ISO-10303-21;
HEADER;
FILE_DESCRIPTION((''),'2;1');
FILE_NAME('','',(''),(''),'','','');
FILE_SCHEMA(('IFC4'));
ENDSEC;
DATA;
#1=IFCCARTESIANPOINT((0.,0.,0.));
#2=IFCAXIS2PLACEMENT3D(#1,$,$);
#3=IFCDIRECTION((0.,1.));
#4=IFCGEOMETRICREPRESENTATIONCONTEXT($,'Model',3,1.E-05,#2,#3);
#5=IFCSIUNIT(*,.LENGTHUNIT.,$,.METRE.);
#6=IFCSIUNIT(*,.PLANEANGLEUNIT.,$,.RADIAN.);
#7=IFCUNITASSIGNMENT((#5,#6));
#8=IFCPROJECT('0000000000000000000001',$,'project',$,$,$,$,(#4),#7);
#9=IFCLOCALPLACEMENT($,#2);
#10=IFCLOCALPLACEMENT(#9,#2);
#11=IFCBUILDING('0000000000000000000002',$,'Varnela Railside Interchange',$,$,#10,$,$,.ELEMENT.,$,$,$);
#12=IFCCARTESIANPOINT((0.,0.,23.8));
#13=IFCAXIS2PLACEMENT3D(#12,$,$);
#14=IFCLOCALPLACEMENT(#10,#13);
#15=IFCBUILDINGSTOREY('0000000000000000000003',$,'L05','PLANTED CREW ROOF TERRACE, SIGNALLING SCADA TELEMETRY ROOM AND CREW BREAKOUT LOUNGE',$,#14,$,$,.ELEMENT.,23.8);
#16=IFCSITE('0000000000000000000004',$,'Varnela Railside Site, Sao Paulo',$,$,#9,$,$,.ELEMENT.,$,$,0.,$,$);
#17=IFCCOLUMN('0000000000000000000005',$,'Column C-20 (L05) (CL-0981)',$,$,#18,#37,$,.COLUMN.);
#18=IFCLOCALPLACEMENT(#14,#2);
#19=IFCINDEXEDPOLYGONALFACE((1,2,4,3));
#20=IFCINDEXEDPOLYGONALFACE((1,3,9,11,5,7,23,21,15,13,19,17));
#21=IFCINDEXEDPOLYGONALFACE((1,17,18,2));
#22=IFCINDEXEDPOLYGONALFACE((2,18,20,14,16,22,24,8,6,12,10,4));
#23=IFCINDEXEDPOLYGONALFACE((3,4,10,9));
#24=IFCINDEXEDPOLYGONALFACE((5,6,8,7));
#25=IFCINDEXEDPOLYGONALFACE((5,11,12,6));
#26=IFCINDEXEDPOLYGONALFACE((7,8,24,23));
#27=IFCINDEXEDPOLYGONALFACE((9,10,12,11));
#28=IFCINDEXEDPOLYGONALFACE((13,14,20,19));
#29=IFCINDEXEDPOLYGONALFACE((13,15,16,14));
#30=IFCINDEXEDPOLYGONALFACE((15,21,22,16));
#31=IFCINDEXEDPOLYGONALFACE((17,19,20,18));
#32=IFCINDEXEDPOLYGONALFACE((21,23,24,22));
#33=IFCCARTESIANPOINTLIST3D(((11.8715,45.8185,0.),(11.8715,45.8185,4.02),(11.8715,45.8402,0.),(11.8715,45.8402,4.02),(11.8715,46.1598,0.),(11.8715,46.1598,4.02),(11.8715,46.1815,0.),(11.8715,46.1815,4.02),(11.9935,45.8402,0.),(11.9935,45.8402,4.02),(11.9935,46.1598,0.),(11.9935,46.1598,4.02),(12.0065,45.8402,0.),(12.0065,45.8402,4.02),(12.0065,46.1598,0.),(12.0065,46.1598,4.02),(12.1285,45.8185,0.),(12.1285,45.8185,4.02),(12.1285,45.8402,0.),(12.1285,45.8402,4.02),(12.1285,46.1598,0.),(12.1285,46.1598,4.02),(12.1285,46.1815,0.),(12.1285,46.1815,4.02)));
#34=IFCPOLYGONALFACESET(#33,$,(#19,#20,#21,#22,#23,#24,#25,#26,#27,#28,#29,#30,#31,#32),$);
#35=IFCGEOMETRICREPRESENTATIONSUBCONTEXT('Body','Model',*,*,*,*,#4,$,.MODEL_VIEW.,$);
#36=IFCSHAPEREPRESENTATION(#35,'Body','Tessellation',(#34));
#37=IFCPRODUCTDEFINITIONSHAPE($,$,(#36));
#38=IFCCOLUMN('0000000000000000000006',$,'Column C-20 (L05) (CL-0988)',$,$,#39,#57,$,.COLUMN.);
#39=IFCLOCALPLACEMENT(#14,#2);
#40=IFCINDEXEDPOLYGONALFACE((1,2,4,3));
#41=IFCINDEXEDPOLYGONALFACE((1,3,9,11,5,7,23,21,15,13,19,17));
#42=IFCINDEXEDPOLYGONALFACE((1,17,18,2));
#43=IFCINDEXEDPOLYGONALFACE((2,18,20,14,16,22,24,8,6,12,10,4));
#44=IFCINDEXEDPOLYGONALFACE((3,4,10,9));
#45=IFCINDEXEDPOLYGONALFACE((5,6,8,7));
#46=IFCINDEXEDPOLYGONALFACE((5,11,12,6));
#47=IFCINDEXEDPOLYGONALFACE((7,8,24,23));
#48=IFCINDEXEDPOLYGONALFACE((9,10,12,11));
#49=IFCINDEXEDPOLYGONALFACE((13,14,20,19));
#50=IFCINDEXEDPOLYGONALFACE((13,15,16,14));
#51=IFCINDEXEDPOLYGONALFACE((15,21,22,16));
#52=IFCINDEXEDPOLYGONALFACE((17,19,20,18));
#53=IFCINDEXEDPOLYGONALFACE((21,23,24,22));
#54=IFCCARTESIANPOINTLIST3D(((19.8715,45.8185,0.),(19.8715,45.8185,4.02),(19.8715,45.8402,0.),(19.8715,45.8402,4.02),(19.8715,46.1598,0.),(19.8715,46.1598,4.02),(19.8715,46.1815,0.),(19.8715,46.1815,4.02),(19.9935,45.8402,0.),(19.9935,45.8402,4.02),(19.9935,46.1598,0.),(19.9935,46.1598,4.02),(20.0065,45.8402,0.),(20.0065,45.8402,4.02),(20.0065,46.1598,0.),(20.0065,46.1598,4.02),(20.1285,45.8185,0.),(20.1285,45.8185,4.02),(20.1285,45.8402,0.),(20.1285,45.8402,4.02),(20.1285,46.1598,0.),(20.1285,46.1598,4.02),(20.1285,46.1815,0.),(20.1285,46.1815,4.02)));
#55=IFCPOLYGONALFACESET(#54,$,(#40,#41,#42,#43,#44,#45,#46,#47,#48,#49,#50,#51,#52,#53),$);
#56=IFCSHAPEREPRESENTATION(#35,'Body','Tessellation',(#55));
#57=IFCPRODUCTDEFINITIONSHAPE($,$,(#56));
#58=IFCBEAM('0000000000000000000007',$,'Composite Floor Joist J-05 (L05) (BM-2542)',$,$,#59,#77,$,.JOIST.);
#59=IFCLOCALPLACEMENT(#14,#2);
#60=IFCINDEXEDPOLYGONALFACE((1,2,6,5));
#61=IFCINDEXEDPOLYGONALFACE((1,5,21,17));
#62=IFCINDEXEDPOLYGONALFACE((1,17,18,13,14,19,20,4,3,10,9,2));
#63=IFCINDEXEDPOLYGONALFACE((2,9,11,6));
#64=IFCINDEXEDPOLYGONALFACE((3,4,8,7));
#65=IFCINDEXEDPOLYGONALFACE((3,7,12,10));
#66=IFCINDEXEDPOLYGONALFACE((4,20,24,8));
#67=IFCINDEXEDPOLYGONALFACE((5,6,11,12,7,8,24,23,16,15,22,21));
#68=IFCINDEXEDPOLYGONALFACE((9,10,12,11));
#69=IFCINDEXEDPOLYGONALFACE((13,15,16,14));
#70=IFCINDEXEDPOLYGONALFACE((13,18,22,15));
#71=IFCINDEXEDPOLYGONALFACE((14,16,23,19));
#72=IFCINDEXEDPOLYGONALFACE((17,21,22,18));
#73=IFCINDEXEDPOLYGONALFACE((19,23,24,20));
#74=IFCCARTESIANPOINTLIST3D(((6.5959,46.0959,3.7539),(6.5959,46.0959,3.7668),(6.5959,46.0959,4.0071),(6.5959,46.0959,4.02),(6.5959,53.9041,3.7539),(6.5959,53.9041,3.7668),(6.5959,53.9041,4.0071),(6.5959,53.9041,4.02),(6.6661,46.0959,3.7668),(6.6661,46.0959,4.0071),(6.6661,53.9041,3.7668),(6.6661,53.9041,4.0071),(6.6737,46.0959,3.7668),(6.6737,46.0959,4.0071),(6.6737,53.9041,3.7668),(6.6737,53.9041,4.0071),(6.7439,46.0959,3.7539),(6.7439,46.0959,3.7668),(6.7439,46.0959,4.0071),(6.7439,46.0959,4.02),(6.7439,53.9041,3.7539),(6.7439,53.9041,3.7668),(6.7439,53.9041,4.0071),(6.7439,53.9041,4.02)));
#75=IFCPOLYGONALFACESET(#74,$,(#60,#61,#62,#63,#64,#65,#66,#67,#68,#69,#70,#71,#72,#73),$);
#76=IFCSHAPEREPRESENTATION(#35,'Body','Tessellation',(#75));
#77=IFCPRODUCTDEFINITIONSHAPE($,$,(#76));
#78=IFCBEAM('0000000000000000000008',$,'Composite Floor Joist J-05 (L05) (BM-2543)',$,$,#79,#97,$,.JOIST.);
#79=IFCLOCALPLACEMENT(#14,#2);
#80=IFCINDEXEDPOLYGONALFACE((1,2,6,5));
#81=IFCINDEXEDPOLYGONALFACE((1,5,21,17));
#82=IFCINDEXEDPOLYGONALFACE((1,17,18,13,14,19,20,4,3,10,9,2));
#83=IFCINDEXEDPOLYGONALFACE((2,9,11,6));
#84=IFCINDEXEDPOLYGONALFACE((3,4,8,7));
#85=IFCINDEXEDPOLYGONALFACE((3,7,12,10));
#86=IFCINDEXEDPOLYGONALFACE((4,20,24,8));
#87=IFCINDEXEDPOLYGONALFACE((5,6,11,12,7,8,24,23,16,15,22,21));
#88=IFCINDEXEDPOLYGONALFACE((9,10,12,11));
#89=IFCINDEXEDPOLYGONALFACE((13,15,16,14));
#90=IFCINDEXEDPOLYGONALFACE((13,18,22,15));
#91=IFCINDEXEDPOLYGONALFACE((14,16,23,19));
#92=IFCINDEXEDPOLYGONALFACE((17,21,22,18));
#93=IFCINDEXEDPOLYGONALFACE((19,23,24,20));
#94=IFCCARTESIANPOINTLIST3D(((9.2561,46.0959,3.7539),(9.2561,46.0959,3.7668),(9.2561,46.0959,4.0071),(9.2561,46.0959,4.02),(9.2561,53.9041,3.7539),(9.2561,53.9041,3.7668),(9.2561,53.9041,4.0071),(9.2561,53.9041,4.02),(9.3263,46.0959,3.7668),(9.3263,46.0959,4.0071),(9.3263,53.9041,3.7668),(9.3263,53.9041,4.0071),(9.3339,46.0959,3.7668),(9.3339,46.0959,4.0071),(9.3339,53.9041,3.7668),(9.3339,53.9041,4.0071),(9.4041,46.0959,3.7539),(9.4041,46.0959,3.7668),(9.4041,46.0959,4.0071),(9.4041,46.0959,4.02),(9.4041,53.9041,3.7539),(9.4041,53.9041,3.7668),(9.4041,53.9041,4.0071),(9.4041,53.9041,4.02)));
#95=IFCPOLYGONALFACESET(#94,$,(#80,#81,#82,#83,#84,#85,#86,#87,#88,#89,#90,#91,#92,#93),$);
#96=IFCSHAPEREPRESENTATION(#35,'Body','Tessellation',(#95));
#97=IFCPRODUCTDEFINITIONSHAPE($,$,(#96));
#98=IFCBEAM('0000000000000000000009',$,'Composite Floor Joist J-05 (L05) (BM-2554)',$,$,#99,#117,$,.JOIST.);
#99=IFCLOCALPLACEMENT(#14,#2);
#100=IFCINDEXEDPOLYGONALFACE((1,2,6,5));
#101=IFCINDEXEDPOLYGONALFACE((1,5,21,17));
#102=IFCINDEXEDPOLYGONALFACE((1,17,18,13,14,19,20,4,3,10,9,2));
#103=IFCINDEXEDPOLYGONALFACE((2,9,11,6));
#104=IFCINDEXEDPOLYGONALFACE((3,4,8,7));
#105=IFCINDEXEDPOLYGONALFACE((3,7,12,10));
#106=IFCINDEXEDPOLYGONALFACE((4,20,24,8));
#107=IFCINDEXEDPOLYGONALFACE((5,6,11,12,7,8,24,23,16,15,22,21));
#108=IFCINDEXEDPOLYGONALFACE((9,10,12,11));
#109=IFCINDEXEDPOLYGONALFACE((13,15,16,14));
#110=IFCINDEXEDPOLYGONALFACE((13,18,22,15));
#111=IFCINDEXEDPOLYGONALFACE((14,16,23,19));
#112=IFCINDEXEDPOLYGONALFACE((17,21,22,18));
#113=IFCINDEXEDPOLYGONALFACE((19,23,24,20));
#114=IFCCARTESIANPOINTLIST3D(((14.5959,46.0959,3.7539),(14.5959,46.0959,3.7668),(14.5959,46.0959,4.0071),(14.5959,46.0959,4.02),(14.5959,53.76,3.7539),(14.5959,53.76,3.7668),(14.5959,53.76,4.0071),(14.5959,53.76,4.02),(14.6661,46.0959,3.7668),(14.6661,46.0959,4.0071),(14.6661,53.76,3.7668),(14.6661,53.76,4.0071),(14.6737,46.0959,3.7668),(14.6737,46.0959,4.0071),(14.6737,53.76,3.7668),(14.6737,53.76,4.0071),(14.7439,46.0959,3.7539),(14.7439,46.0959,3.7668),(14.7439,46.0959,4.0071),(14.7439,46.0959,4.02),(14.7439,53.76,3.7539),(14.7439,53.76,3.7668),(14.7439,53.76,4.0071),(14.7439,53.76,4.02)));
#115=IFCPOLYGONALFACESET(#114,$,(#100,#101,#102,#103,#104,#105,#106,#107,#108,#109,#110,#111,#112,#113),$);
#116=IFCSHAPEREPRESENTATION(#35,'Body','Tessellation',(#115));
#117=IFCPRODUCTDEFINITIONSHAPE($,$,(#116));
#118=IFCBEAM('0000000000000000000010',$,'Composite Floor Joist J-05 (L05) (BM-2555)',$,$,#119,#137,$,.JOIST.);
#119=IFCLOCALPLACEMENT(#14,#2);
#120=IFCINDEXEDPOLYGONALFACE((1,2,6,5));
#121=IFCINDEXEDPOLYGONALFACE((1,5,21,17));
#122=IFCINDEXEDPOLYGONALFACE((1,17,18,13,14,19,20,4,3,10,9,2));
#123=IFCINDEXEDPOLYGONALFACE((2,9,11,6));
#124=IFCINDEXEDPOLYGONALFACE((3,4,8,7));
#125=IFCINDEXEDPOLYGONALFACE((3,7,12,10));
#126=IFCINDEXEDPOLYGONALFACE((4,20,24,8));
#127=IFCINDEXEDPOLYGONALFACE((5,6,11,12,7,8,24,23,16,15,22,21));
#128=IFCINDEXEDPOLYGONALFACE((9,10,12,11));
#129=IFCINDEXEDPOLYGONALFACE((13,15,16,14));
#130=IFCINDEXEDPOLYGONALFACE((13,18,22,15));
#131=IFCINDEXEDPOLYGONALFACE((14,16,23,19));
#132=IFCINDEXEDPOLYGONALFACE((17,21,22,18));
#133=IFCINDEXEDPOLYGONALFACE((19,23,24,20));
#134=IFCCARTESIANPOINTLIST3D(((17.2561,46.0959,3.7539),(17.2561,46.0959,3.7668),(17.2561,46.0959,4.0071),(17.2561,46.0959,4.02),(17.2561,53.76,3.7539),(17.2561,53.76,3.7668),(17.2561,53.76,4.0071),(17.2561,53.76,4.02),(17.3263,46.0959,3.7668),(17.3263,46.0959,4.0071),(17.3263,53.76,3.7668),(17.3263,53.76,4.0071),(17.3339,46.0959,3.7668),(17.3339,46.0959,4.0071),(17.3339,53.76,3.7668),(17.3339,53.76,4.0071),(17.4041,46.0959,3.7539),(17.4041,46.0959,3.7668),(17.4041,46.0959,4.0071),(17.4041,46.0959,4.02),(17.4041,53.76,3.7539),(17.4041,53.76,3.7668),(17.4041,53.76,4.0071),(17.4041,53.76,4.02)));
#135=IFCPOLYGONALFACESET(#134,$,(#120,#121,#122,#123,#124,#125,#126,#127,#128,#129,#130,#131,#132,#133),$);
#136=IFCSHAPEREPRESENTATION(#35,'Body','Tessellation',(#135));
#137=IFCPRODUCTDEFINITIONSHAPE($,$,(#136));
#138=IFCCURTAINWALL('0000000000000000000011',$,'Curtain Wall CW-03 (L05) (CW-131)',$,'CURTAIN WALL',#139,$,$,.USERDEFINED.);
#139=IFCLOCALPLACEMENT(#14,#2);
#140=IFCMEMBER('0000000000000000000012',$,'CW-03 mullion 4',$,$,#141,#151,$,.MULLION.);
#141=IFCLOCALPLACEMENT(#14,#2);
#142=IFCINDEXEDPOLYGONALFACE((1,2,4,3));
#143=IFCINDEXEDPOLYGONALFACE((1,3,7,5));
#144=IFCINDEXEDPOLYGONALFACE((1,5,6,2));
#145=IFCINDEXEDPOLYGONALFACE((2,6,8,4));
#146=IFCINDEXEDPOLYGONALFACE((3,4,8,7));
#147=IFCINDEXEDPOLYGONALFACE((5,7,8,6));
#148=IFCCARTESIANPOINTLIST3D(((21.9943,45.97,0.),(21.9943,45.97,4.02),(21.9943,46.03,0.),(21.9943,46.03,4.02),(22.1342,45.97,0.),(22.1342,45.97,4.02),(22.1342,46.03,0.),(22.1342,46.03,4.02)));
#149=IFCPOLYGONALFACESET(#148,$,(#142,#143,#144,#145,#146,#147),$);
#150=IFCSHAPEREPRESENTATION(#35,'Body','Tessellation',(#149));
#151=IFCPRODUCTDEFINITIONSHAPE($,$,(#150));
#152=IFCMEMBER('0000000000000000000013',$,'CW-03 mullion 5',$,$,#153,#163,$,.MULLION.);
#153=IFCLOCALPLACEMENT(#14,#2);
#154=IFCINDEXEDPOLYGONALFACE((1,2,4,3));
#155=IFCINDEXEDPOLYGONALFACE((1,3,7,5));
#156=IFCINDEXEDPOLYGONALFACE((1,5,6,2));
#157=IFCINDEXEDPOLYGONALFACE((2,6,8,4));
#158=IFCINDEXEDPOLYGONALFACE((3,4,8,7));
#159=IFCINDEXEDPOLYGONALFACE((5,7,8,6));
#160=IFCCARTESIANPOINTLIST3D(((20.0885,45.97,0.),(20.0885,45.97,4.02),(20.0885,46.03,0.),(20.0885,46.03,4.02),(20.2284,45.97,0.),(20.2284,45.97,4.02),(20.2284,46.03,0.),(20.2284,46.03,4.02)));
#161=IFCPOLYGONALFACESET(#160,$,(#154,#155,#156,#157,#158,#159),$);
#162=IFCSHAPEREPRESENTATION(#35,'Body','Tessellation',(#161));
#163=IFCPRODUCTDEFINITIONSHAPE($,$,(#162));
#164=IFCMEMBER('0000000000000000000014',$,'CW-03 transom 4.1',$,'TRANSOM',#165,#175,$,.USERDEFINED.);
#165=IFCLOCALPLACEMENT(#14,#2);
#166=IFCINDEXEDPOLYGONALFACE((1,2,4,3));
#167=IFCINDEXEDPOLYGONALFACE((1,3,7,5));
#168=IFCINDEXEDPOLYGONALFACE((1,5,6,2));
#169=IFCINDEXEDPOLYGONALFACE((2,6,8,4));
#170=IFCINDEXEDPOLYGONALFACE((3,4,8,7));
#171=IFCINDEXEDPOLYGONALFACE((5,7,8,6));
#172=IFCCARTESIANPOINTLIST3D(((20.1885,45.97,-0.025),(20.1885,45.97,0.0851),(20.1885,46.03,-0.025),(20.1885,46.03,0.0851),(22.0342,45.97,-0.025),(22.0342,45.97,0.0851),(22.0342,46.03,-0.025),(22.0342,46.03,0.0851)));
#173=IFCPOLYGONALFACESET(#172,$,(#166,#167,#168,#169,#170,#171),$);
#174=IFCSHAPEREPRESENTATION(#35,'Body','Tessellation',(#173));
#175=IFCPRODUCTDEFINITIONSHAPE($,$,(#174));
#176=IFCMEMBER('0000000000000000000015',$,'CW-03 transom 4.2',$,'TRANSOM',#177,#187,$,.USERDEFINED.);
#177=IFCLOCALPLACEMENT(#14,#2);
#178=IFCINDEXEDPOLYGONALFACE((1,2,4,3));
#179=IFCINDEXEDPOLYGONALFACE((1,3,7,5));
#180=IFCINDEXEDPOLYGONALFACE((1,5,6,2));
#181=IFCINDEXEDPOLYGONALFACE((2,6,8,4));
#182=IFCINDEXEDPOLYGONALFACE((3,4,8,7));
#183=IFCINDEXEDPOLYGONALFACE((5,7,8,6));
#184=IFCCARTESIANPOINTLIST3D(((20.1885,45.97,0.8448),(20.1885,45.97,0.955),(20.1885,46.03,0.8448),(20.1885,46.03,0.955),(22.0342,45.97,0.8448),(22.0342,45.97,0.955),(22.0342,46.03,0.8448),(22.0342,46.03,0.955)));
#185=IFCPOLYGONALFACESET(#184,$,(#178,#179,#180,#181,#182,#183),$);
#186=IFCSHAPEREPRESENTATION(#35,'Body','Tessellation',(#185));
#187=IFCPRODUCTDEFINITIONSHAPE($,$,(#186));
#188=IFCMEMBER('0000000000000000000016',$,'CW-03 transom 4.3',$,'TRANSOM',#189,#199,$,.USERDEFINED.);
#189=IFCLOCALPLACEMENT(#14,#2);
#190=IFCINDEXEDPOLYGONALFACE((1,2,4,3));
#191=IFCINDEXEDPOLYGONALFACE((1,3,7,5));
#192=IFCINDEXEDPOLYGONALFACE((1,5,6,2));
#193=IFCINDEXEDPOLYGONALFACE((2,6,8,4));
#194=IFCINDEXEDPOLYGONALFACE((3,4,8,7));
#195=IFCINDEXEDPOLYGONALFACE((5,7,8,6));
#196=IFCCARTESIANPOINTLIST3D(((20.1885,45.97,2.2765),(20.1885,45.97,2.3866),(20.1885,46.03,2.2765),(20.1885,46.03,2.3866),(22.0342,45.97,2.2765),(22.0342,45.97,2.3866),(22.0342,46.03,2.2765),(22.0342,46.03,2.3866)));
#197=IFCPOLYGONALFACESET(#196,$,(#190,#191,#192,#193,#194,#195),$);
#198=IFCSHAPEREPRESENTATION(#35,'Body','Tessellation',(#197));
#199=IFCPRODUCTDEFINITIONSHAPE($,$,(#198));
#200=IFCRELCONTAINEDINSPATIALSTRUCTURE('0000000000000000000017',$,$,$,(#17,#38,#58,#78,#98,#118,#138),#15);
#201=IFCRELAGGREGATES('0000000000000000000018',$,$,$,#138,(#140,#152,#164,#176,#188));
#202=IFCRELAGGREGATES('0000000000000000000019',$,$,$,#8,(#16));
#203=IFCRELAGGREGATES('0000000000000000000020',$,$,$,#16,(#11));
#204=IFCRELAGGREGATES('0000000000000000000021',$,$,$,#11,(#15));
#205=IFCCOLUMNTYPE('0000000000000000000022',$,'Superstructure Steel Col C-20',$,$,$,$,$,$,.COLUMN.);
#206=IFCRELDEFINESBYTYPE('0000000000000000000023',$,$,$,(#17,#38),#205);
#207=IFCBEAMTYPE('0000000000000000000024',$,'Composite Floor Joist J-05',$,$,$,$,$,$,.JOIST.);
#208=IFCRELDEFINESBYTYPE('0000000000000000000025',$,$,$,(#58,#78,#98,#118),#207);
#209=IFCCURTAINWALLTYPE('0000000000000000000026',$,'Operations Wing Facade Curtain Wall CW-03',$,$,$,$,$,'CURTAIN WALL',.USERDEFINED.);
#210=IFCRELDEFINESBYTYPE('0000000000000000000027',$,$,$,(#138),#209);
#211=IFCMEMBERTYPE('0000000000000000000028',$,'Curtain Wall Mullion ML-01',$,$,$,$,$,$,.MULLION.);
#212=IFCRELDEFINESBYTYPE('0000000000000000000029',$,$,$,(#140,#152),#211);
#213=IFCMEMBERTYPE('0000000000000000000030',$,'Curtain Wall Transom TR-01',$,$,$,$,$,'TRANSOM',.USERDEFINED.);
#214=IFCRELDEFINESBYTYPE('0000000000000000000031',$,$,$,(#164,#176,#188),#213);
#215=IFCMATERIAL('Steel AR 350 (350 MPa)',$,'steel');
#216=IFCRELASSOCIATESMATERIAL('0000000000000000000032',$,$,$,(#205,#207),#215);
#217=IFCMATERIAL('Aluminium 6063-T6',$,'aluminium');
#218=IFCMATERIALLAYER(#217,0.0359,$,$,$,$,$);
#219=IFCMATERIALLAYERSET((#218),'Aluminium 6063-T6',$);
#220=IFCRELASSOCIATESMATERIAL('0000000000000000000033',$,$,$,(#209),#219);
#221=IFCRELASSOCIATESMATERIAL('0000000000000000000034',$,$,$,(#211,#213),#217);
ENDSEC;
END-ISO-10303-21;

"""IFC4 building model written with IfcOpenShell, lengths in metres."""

from ifc_helpers import new_model, si_unit, direction, frame, origin, origin_2d, place, context, subcontext, project, spatial, rectangle, i_section, extrude, material, layer, layer_set, material_profile, profile_set, type_object, element, aggregate, save


model = new_model("IFC4")

# Units and contexts
model_context = context("Model", 3, precision=1e-05, world=origin(), true_north=direction((0.0, 1.0)))
body_context = subcontext(model_context, "Body", "Model", "MODEL_VIEW")
ifc_project = project(units=[si_unit("LENGTHUNIT", "METRE"), si_unit("PLANEANGLEUNIT", "RADIAN")], contexts=[model_context])

# Site, building, storey
site_placement = place(None, origin())
site = spatial("IfcSite", under=ifc_project, at=site_placement, Name="Varnela Railside Site, Sao Paulo", CompositionType="ELEMENT", RefElevation=0.0)
building_placement = place(site_placement, origin())
building = spatial("IfcBuilding", under=site, at=building_placement, Name="Varnela Railside Interchange", CompositionType="ELEMENT")
storey_placement = place(building_placement, frame((0.0, 0.0, 23.8)))
storey = spatial("IfcBuildingStorey", under=building, at=storey_placement, Name="L05", Description="PLANTED CREW ROOF TERRACE, SIGNALLING SCADA TELEMETRY ROOM AND CREW BREAKOUT LOUNGE", CompositionType="ELEMENT", Elevation=23.8)

# Columns
ifc_material_1 = material(Name="Steel AR 350 (350 MPa)", Category="steel")
ifc_material_profile_1 = material_profile(ifc_material_1, i_section(OverallWidth=0.2571, OverallDepth=0.363, WebThickness=0.0129, FlangeThickness=0.0217, at=origin_2d()), Name="W360x122")
ifc_profile_set_1 = profile_set([ifc_material_profile_1], Name="Steel AR 350 (350 MPa)")
column_type = type_object("IfcColumnType", Name="Superstructure Steel Col C-20", PredefinedType="COLUMN", material=ifc_profile_set_1)
for number, where, z_axis, x_axis, name in (
    (1, (12.0, 46.0, 0.0), (0.0, 0.0, 1.0), (1.0, 0.0, 0.0), "Column C-20 (L05) (CL-0981)"),
    (2, (20.0, 46.0, 0.0), (0.0, 0.0, 1.0), (1.0, 0.0, 0.0), "Column C-20 (L05) (CL-0988)"),
):
    element("IfcColumn", number, at=place(storey_placement, frame(where, z_axis=z_axis, x_axis=x_axis)), inside=storey, type_object=column_type, Name=name, PredefinedType="COLUMN", context=body_context, shape_type="SweptSolid", body=[
        extrude(i_section(OverallWidth=0.2571, OverallDepth=0.363, WebThickness=0.0129, FlangeThickness=0.0217, at=origin_2d()), origin(), (0.0, 0.0, 1.0), 4.02),
    ])

# Beams
ifc_material_profile_2 = material_profile(ifc_material_1, i_section(OverallWidth=0.1479, OverallDepth=0.2661, WebThickness=0.0076, FlangeThickness=0.0129, at=origin_2d()), Name="W250x44.8")
ifc_profile_set_2 = profile_set([ifc_material_profile_2], Name="Steel AR 350 (350 MPa)")
beam_type_1 = type_object("IfcBeamType", Name="Composite Floor Joist J-05", PredefinedType="JOIST", material=ifc_profile_set_2)
for number, where, z_axis, x_axis, name in (
    (3, (6.6699, 46.0959, 3.887), (0.0, 1.0, 0.0), (-1.0, 0.0, 0.0), "Composite Floor Joist J-05 (L05) (BM-2542)"),
    (4, (9.3301, 46.0959, 3.887), (0.0, 1.0, 0.0), (-1.0, 0.0, 0.0), "Composite Floor Joist J-05 (L05) (BM-2543)"),
):
    element("IfcBeam", number, at=place(storey_placement, frame(where, z_axis=z_axis, x_axis=x_axis)), inside=storey, type_object=beam_type_1, Name=name, PredefinedType="JOIST", context=body_context, shape_type="SweptSolid", body=[
        extrude(i_section(OverallWidth=0.1479, OverallDepth=0.2661, WebThickness=0.0076, FlangeThickness=0.0129, at=origin_2d()), origin(), (0.0, 0.0, 1.0), 7.8081),
    ])
for number, where, z_axis, x_axis, name in (
    (5, (14.6699, 46.0959, 3.887), (0.0, 1.0, 0.0), (-1.0, 0.0, 0.0), "Composite Floor Joist J-05 (L05) (BM-2554)"),
    (6, (17.3301, 46.0959, 3.887), (0.0, 1.0, 0.0), (-1.0, 0.0, 0.0), "Composite Floor Joist J-05 (L05) (BM-2555)"),
):
    element("IfcBeam", number, at=place(storey_placement, frame(where, z_axis=z_axis, x_axis=x_axis)), inside=storey, type_object=beam_type_1, Name=name, PredefinedType="JOIST", context=body_context, shape_type="SweptSolid", body=[
        extrude(i_section(OverallWidth=0.1479, OverallDepth=0.2661, WebThickness=0.0076, FlangeThickness=0.0129, at=origin_2d()), origin(), (0.0, 0.0, 1.0), 7.6641),
    ])

# Curtain wall, members
ifc_material_2 = material(Name="Aluminium 6063-T6", Category="aluminium")
ifc_layer_1 = layer(ifc_material_2, 0.0359)
ifc_layer_set_1 = layer_set([ifc_layer_1], Name="Aluminium 6063-T6")
curtain_wall_type = type_object("IfcCurtainWallType", Name="Operations Wing Facade Curtain Wall CW-03", ElementType="CURTAIN WALL", PredefinedType="USERDEFINED", material=ifc_layer_set_1)
curtain_wall_placement = place(storey_placement, origin())
curtain_wall = element("IfcCurtainWall", 7, at=curtain_wall_placement, inside=storey, type_object=curtain_wall_type, Name="Curtain Wall CW-03 (L05) (CW-131)", ObjectType="CURTAIN WALL", PredefinedType="USERDEFINED")
ifc_material_profile_3 = material_profile(ifc_material_2, rectangle(XDim=0.0601, YDim=0.1399, at=origin_2d()), Name="ALU 60x140")
ifc_profile_set_3 = profile_set([ifc_material_profile_3], Name="Aluminium 6063-T6")
member_type_1 = type_object("IfcMemberType", Name="Curtain Wall Mullion ML-01", PredefinedType="MULLION", material=ifc_profile_set_3)
member_1_placement = place(storey_placement, frame((22.0642, 46.0, 0.0), z_axis=(0.0, 0.0, 1.0), x_axis=(0.0, -1.0, 0.0)))
member_1 = element("IfcMember", 8, at=member_1_placement, type_object=member_type_1, Name="CW-03 mullion 4", PredefinedType="MULLION", context=body_context, shape_type="SweptSolid", body=[
    extrude(rectangle(XDim=0.0601, YDim=0.1399, at=origin_2d()), origin(), (0.0, 0.0, 1.0), 4.02),
])
member_2_placement = place(storey_placement, frame((20.1584, 46.0, 0.0), z_axis=(0.0, 0.0, 1.0), x_axis=(0.0, -1.0, 0.0)))
member_2 = element("IfcMember", 9, at=member_2_placement, type_object=member_type_1, Name="CW-03 mullion 5", PredefinedType="MULLION", context=body_context, shape_type="SweptSolid", body=[
    extrude(rectangle(XDim=0.0601, YDim=0.1399, at=origin_2d()), origin(), (0.0, 0.0, 1.0), 4.02),
])
ifc_material_profile_4 = material_profile(ifc_material_2, rectangle(XDim=0.0601, YDim=0.1101, at=origin_2d()), Name="ALU 60x110")
ifc_profile_set_4 = profile_set([ifc_material_profile_4], Name="Aluminium 6063-T6")
member_type_2 = type_object("IfcMemberType", Name="Curtain Wall Transom TR-01", ElementType="TRANSOM", PredefinedType="USERDEFINED", material=ifc_profile_set_4)
member_3_placement = place(storey_placement, frame((22.0342, 46.0, 0.03), z_axis=(-1.0, 0.0, 0.0), x_axis=(0.0, -1.0, 0.0)))
member_3 = element("IfcMember", 10, at=member_3_placement, type_object=member_type_2, Name="CW-03 transom 4.1", ObjectType="TRANSOM", PredefinedType="USERDEFINED", context=body_context, shape_type="SweptSolid", body=[
    extrude(rectangle(XDim=0.0601, YDim=0.1101, at=origin_2d()), origin(), (0.0, 0.0, 1.0), 1.8457),
])
member_4_placement = place(storey_placement, frame((22.0342, 46.0, 0.8999), z_axis=(-1.0, 0.0, 0.0), x_axis=(0.0, -1.0, 0.0)))
member_4 = element("IfcMember", 11, at=member_4_placement, type_object=member_type_2, Name="CW-03 transom 4.2", ObjectType="TRANSOM", PredefinedType="USERDEFINED", context=body_context, shape_type="SweptSolid", body=[
    extrude(rectangle(XDim=0.0601, YDim=0.1101, at=origin_2d()), origin(), (0.0, 0.0, 1.0), 1.8457),
])
member_5_placement = place(storey_placement, frame((22.0342, 46.0, 2.3315), z_axis=(-1.0, 0.0, 0.0), x_axis=(0.0, -1.0, 0.0)))
member_5 = element("IfcMember", 12, at=member_5_placement, type_object=member_type_2, Name="CW-03 transom 4.3", ObjectType="TRANSOM", PredefinedType="USERDEFINED", context=body_context, shape_type="SweptSolid", body=[
    extrude(rectangle(XDim=0.0601, YDim=0.1101, at=origin_2d()), origin(), (0.0, 0.0, 1.0), 1.8457),
])

aggregate(curtain_wall, [member_1, member_2, member_3, member_4, member_5])

save(model, "model.ifc")
